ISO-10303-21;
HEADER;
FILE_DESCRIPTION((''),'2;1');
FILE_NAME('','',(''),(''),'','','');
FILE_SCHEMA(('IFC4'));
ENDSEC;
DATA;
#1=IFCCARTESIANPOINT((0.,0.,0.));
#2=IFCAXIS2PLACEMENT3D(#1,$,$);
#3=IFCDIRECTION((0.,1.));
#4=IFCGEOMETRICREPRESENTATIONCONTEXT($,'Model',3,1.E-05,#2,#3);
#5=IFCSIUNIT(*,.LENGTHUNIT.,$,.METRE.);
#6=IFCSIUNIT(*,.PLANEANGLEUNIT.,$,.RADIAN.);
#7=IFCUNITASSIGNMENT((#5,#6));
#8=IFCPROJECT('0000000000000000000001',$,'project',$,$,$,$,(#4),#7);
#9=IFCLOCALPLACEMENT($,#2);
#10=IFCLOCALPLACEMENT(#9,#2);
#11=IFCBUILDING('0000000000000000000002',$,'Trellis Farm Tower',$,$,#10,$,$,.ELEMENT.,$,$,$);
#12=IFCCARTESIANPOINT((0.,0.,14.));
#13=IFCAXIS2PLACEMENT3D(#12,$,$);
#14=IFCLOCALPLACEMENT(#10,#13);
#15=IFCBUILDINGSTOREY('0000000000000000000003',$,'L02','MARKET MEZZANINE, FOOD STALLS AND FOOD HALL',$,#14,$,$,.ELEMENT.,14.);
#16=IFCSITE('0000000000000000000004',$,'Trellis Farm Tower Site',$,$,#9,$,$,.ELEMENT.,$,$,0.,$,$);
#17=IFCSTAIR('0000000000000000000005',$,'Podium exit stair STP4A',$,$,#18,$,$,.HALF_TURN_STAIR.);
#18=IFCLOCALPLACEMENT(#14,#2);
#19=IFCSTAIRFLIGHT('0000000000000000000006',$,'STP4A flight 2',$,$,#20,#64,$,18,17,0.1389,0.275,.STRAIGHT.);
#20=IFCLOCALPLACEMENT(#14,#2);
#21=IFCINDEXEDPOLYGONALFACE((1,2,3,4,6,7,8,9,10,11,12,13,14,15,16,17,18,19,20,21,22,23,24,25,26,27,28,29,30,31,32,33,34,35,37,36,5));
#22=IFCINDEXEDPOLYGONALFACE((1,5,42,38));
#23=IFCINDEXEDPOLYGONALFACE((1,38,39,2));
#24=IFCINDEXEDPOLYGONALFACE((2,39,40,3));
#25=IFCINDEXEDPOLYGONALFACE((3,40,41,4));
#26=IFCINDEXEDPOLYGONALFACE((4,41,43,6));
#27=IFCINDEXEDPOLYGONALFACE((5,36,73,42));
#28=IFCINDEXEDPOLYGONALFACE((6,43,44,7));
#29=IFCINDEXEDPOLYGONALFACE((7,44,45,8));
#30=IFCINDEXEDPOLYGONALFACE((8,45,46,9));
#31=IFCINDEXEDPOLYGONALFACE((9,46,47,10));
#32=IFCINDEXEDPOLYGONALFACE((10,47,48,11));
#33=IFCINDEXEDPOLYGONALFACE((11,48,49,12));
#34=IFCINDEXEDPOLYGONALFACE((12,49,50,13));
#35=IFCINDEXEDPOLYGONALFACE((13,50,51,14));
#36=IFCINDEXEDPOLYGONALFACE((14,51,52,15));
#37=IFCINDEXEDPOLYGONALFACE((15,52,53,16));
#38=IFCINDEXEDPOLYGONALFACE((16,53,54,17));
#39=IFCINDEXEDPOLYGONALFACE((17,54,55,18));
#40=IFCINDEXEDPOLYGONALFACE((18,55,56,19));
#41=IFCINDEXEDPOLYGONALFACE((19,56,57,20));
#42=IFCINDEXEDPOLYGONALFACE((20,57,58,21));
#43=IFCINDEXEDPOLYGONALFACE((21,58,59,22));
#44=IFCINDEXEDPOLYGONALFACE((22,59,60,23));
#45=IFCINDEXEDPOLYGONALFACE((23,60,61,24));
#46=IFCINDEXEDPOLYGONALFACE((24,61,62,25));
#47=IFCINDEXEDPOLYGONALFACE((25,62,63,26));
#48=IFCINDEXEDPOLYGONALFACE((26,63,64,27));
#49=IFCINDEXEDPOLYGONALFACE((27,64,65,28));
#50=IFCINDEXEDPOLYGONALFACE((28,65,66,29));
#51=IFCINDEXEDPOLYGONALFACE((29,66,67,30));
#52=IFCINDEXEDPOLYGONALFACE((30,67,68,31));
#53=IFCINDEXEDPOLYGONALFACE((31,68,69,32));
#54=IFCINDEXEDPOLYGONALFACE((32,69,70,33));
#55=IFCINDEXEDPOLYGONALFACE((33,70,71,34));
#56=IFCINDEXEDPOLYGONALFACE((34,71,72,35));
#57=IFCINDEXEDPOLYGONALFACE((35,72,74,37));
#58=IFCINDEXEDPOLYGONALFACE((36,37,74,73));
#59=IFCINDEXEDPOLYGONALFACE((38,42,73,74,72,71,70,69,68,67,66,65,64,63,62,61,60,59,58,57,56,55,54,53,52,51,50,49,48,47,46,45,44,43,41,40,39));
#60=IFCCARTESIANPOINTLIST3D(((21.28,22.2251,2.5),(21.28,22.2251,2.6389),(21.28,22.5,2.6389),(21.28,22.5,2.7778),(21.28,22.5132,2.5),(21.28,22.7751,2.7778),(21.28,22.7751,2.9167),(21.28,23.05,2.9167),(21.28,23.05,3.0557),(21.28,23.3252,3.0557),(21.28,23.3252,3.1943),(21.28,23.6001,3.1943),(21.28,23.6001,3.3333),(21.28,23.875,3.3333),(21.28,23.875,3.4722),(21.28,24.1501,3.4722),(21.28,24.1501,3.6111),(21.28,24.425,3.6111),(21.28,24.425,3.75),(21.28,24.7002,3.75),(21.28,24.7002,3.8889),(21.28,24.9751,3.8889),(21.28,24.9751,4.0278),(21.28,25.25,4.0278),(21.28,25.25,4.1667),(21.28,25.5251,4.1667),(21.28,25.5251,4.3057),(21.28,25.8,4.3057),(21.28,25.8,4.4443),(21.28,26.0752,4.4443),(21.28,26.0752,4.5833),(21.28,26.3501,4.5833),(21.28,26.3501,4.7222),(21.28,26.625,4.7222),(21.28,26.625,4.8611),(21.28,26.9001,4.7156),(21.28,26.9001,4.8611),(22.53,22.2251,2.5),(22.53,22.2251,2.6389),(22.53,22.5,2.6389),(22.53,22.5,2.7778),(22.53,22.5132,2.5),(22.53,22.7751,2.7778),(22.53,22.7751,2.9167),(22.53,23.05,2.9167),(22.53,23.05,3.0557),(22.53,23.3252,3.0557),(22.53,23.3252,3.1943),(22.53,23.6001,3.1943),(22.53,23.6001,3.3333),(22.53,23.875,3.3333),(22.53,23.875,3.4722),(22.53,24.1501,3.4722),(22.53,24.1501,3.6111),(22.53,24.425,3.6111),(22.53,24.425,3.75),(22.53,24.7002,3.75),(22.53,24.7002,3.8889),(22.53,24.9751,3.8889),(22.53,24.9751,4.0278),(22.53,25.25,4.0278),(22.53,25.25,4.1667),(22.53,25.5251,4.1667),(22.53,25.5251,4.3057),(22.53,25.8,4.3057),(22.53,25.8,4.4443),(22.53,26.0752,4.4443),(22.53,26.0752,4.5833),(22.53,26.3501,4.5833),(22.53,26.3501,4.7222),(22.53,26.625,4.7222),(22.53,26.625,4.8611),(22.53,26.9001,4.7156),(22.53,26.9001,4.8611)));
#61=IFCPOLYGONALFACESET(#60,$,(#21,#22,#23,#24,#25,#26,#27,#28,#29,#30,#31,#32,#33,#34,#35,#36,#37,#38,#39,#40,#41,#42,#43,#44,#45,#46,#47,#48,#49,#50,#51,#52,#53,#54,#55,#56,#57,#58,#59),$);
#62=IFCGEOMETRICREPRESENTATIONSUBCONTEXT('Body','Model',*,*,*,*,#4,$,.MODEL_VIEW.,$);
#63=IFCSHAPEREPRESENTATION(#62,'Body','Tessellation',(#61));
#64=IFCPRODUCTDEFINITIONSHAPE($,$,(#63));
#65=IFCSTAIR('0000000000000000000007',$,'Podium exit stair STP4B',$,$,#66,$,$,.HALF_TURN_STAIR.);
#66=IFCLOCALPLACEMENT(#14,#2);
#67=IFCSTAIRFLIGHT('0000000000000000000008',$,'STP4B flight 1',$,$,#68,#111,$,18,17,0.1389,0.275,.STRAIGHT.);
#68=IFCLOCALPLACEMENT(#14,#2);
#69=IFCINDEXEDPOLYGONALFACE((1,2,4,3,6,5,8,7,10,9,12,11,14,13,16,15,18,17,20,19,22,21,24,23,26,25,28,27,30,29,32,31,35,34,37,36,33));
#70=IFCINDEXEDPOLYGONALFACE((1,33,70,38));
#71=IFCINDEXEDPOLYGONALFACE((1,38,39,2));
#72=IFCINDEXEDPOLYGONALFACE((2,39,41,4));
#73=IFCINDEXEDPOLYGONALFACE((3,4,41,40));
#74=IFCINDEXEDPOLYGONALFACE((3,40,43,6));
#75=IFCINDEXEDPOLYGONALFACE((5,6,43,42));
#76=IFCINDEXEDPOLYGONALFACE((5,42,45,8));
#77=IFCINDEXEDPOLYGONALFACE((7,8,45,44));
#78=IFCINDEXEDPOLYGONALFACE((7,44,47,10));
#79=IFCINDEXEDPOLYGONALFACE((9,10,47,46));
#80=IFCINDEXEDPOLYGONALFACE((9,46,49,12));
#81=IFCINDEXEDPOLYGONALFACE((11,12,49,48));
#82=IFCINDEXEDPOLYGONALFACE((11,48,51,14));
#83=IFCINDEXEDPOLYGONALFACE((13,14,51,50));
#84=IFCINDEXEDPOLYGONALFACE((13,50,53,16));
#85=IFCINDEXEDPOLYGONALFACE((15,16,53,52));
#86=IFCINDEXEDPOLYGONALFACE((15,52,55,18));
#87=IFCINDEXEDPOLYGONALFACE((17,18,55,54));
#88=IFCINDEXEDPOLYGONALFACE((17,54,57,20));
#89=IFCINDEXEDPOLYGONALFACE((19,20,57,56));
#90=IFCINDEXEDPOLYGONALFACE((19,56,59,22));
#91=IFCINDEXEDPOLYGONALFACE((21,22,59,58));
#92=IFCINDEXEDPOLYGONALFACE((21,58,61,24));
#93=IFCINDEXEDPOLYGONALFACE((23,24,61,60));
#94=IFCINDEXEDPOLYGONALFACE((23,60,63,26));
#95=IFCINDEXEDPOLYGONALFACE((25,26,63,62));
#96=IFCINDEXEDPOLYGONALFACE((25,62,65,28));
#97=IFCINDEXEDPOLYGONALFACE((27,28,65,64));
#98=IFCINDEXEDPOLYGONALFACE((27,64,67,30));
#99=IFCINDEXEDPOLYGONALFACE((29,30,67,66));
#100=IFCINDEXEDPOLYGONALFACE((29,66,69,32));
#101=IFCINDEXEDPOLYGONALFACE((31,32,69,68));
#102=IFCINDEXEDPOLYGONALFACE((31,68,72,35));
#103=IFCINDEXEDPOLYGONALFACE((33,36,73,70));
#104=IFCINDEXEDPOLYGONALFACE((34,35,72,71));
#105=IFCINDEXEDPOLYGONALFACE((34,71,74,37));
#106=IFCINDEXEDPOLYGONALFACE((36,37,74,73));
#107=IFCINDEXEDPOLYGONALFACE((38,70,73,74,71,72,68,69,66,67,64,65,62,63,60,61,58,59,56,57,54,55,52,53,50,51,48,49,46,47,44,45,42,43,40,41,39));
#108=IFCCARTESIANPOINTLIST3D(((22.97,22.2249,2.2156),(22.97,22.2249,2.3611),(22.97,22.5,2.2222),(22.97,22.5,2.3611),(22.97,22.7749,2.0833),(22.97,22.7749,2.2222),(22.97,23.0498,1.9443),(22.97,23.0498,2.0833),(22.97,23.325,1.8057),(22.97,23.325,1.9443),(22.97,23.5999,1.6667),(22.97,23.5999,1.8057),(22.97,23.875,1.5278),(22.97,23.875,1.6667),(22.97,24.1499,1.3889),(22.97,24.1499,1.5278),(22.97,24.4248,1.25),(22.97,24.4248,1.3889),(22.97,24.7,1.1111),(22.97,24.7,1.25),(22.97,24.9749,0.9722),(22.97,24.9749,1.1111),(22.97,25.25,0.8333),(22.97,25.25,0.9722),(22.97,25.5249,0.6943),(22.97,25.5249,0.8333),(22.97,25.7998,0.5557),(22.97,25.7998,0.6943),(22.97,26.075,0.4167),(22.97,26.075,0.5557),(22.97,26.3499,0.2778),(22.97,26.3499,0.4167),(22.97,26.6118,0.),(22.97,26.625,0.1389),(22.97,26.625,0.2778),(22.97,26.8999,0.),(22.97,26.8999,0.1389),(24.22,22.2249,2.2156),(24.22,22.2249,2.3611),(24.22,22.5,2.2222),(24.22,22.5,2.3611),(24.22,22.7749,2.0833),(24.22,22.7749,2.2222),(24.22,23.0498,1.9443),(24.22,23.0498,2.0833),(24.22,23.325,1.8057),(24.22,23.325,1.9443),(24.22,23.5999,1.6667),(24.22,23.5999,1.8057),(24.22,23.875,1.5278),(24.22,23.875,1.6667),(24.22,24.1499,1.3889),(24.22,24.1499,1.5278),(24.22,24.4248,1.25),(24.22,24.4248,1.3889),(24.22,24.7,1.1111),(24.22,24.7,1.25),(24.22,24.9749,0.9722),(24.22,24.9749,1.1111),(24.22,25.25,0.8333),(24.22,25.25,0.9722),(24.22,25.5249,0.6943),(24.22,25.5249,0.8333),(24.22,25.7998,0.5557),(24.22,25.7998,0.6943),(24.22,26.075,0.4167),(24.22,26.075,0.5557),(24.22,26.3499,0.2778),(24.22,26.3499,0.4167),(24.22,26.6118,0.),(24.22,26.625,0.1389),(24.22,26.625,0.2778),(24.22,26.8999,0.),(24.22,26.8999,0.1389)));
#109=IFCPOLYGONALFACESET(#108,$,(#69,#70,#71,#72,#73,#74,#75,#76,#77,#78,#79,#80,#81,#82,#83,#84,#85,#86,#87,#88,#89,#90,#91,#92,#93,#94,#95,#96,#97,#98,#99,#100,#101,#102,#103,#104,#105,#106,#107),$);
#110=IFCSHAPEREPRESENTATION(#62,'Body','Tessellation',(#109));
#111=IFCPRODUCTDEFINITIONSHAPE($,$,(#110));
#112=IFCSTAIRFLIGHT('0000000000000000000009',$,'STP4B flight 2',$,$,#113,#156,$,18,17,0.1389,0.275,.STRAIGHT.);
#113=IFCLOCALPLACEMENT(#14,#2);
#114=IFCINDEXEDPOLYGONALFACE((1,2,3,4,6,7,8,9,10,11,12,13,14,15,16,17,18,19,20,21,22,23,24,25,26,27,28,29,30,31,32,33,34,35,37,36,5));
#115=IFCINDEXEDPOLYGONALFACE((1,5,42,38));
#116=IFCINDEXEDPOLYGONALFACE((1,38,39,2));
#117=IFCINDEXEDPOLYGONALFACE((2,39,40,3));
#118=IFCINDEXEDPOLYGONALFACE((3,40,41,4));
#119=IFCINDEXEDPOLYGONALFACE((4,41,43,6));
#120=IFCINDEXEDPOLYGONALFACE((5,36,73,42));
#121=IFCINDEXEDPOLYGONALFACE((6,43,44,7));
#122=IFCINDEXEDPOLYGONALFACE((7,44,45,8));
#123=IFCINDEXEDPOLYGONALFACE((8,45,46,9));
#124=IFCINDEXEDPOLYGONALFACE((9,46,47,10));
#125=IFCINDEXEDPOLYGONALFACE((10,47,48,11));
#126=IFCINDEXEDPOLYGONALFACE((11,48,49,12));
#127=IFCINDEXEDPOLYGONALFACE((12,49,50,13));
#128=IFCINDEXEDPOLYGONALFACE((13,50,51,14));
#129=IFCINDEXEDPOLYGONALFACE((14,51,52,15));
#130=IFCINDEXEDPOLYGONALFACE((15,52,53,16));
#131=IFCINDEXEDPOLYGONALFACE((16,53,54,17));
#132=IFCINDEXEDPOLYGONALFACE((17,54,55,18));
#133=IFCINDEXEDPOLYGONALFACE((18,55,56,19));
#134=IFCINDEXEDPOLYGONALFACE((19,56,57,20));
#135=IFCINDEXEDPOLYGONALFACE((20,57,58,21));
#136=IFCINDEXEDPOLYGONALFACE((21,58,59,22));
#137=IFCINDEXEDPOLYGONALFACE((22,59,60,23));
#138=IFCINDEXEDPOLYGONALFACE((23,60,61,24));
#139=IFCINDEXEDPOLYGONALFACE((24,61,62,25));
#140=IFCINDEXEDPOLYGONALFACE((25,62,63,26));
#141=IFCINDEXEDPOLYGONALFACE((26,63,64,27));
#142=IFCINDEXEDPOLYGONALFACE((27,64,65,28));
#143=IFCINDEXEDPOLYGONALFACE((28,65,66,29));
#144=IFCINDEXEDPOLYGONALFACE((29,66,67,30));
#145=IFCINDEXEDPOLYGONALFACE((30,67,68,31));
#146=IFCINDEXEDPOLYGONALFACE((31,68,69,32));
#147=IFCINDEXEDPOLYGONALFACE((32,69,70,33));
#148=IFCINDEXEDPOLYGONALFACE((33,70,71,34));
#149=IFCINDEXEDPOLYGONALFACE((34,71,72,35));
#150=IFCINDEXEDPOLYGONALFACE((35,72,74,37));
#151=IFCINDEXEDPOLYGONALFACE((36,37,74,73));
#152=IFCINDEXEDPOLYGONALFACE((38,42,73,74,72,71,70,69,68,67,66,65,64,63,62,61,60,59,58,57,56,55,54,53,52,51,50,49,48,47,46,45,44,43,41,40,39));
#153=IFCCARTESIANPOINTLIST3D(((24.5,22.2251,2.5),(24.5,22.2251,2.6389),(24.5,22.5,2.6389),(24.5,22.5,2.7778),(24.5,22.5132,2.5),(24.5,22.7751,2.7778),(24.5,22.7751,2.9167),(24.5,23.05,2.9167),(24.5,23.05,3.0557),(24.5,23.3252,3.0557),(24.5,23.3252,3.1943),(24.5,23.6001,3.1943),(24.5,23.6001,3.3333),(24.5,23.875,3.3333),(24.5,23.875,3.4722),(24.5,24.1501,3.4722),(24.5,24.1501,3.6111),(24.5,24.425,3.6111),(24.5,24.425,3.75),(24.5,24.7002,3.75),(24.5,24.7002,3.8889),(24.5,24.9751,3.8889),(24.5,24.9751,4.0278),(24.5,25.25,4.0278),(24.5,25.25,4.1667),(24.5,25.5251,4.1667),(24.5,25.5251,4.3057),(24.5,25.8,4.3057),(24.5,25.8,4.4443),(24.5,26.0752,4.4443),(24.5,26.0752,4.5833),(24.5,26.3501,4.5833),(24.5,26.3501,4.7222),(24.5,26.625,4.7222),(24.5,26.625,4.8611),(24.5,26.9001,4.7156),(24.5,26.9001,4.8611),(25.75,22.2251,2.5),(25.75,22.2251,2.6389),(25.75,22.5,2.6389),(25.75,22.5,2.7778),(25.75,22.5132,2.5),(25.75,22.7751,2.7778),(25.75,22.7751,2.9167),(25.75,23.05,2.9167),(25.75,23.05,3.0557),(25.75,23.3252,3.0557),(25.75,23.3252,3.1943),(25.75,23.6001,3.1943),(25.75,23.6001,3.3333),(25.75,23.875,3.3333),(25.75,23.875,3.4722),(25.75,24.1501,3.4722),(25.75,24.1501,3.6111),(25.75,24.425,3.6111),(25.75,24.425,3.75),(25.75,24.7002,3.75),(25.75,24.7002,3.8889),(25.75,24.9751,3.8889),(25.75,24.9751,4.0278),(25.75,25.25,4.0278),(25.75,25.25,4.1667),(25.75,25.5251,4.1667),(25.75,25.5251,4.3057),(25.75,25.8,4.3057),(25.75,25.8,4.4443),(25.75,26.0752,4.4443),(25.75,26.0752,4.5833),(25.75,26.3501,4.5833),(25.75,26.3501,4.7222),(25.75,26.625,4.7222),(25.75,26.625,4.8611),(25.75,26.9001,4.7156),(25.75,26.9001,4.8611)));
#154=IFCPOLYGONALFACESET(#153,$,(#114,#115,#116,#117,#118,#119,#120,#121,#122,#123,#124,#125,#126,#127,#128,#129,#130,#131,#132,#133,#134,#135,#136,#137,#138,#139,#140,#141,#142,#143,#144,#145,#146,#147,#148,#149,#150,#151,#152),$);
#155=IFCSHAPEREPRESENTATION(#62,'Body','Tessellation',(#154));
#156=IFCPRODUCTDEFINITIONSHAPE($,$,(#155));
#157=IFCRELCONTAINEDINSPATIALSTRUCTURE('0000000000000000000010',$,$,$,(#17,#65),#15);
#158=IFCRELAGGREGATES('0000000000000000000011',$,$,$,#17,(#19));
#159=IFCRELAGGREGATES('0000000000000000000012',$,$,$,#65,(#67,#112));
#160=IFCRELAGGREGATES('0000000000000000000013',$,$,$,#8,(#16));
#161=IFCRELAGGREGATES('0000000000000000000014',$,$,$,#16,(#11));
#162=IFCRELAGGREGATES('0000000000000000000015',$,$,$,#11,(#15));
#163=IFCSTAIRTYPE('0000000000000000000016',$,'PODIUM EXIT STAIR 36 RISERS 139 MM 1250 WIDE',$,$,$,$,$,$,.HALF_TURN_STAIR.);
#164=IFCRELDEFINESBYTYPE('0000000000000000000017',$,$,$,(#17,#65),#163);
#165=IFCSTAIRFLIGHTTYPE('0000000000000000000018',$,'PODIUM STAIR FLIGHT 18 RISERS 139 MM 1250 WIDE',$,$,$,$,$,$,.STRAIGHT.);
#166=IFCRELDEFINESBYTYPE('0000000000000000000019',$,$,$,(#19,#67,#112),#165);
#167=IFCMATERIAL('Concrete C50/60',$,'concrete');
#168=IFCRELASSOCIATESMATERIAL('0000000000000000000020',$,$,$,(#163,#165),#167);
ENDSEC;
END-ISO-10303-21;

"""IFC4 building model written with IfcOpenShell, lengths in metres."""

from ifc_helpers import new_model, si_unit, direction, frame, origin, place, context, subcontext, project, spatial, polyline, outline, extrude, source, transform, mapped, material, type_object, element, aggregate, save


model = new_model("IFC4")

# Units and contexts
model_context = context("Model", 3, precision=1e-05, world=origin(), true_north=direction((0.0, 1.0)))
body_context = subcontext(model_context, "Body", "Model", "MODEL_VIEW")
ifc_project = project(units=[si_unit("LENGTHUNIT", "METRE"), si_unit("PLANEANGLEUNIT", "RADIAN")], contexts=[model_context])

# Site, building, storey
site_placement = place(None, origin())
site = spatial("IfcSite", under=ifc_project, at=site_placement, Name="Trellis Farm Tower Site", CompositionType="ELEMENT", RefElevation=0.0)
building_placement = place(site_placement, origin())
building = spatial("IfcBuilding", under=site, at=building_placement, Name="Trellis Farm Tower", CompositionType="ELEMENT")
storey_placement = place(building_placement, frame((0.0, 0.0, 14.0)))
storey = spatial("IfcBuildingStorey", under=building, at=storey_placement, Name="L02", Description="MARKET MEZZANINE, FOOD STALLS AND FOOD HALL", CompositionType="ELEMENT", Elevation=14.0)

# Stairs, stair flights
ifc_material_1 = material(Name="Concrete C50/60", Category="concrete")
stair_type = type_object("IfcStairType", Name="PODIUM EXIT STAIR 36 RISERS 139 MM 1250 WIDE", PredefinedType="HALF_TURN_STAIR", material=ifc_material_1)
placement = place(storey_placement, origin())
stair_1 = element("IfcStair", 1, at=placement, inside=storey, type_object=stair_type, Name="Podium exit stair STP4A", PredefinedType="HALF_TURN_STAIR")
stair_flight_type = type_object("IfcStairFlightType", Name="PODIUM STAIR FLIGHT 18 RISERS 139 MM 1250 WIDE", PredefinedType="STRAIGHT", material=ifc_material_1)
shared_shape_1 = source(origin(), body_context, "Body", "SweptSolid", [
    extrude(outline(polyline([(0.0, 0.0), (0.0, 0.1389), (0.2749, 0.1389), (0.2749, 0.2778), (0.55, 0.2778), (0.55, 0.4167), (0.825, 0.4167), (0.825, 0.5557), (1.1001, 0.5557), (1.1001, 0.6943), (1.375, 0.6943), (1.375, 0.8333), (1.6499, 0.8333), (1.6499, 0.9722), (1.925, 0.9722), (1.925, 1.1111), (2.2, 1.1111), (2.2, 1.25), (2.4751, 1.25), (2.4751, 1.3889), (2.75, 1.3889), (2.75, 1.5278), (3.0249, 1.5278), (3.0249, 1.6667), (3.3, 1.6667), (3.3, 1.8057), (3.575, 1.8057), (3.575, 1.9443), (3.8501, 1.9443), (3.8501, 2.0833), (4.125, 2.0833), (4.125, 2.2222), (4.3999, 2.2222), (4.3999, 2.3611), (4.675, 2.3611), (4.675, 2.5), (4.675, 2.2156), (0.2881, 0.0), (0.0, 0.0)])), frame((0.0, 0.625, 0.0), z_axis=(0.0, -1.0, 0.0), x_axis=(1.0, 0.0, 0.0)), (0.0, 0.0, 1.0), 1.25),
])
stair_flight_1_placement = place(storey_placement, frame((21.905, 22.2251, 2.5), z_axis=(0.0, 0.0, 1.0), x_axis=(0.0, 1.0, 0.0)))
stair_flight_1 = element("IfcStairFlight", 2, at=stair_flight_1_placement, type_object=stair_flight_type, Name="STP4A flight 2", NumberOfRisers=18, NumberOfTreads=17, PredefinedType="STRAIGHT", RiserHeight=0.1389, TreadLength=0.275, context=body_context, shape_type="MappedRepresentation", body=[
    mapped(shared_shape_1, transform((0.0, 0.0, 0.0))),
])
aggregate(stair_1, [stair_flight_1])
stair_2 = element("IfcStair", 3, at=placement, inside=storey, type_object=stair_type, Name="Podium exit stair STP4B", PredefinedType="HALF_TURN_STAIR")
stair_flight_2_placement = place(storey_placement, frame((23.595, 26.8999, 0.0), z_axis=(0.0, 0.0, 1.0), x_axis=(0.0, -1.0, 0.0)))
stair_flight_2 = element("IfcStairFlight", 4, at=stair_flight_2_placement, type_object=stair_flight_type, Name="STP4B flight 1", NumberOfRisers=18, NumberOfTreads=17, PredefinedType="STRAIGHT", RiserHeight=0.1389, TreadLength=0.275, context=body_context, shape_type="MappedRepresentation", body=[
    mapped(shared_shape_1, transform((0.0, 0.0, 0.0))),
])
stair_flight_3_placement = place(storey_placement, frame((25.125, 22.2251, 2.5), z_axis=(0.0, 0.0, 1.0), x_axis=(0.0, 1.0, 0.0)))
stair_flight_3 = element("IfcStairFlight", 5, at=stair_flight_3_placement, type_object=stair_flight_type, Name="STP4B flight 2", NumberOfRisers=18, NumberOfTreads=17, PredefinedType="STRAIGHT", RiserHeight=0.1389, TreadLength=0.275, context=body_context, shape_type="MappedRepresentation", body=[
    mapped(shared_shape_1, transform((0.0, 0.0, 0.0))),
])
aggregate(stair_2, [stair_flight_2, stair_flight_3])

save(model, "model.ifc")
